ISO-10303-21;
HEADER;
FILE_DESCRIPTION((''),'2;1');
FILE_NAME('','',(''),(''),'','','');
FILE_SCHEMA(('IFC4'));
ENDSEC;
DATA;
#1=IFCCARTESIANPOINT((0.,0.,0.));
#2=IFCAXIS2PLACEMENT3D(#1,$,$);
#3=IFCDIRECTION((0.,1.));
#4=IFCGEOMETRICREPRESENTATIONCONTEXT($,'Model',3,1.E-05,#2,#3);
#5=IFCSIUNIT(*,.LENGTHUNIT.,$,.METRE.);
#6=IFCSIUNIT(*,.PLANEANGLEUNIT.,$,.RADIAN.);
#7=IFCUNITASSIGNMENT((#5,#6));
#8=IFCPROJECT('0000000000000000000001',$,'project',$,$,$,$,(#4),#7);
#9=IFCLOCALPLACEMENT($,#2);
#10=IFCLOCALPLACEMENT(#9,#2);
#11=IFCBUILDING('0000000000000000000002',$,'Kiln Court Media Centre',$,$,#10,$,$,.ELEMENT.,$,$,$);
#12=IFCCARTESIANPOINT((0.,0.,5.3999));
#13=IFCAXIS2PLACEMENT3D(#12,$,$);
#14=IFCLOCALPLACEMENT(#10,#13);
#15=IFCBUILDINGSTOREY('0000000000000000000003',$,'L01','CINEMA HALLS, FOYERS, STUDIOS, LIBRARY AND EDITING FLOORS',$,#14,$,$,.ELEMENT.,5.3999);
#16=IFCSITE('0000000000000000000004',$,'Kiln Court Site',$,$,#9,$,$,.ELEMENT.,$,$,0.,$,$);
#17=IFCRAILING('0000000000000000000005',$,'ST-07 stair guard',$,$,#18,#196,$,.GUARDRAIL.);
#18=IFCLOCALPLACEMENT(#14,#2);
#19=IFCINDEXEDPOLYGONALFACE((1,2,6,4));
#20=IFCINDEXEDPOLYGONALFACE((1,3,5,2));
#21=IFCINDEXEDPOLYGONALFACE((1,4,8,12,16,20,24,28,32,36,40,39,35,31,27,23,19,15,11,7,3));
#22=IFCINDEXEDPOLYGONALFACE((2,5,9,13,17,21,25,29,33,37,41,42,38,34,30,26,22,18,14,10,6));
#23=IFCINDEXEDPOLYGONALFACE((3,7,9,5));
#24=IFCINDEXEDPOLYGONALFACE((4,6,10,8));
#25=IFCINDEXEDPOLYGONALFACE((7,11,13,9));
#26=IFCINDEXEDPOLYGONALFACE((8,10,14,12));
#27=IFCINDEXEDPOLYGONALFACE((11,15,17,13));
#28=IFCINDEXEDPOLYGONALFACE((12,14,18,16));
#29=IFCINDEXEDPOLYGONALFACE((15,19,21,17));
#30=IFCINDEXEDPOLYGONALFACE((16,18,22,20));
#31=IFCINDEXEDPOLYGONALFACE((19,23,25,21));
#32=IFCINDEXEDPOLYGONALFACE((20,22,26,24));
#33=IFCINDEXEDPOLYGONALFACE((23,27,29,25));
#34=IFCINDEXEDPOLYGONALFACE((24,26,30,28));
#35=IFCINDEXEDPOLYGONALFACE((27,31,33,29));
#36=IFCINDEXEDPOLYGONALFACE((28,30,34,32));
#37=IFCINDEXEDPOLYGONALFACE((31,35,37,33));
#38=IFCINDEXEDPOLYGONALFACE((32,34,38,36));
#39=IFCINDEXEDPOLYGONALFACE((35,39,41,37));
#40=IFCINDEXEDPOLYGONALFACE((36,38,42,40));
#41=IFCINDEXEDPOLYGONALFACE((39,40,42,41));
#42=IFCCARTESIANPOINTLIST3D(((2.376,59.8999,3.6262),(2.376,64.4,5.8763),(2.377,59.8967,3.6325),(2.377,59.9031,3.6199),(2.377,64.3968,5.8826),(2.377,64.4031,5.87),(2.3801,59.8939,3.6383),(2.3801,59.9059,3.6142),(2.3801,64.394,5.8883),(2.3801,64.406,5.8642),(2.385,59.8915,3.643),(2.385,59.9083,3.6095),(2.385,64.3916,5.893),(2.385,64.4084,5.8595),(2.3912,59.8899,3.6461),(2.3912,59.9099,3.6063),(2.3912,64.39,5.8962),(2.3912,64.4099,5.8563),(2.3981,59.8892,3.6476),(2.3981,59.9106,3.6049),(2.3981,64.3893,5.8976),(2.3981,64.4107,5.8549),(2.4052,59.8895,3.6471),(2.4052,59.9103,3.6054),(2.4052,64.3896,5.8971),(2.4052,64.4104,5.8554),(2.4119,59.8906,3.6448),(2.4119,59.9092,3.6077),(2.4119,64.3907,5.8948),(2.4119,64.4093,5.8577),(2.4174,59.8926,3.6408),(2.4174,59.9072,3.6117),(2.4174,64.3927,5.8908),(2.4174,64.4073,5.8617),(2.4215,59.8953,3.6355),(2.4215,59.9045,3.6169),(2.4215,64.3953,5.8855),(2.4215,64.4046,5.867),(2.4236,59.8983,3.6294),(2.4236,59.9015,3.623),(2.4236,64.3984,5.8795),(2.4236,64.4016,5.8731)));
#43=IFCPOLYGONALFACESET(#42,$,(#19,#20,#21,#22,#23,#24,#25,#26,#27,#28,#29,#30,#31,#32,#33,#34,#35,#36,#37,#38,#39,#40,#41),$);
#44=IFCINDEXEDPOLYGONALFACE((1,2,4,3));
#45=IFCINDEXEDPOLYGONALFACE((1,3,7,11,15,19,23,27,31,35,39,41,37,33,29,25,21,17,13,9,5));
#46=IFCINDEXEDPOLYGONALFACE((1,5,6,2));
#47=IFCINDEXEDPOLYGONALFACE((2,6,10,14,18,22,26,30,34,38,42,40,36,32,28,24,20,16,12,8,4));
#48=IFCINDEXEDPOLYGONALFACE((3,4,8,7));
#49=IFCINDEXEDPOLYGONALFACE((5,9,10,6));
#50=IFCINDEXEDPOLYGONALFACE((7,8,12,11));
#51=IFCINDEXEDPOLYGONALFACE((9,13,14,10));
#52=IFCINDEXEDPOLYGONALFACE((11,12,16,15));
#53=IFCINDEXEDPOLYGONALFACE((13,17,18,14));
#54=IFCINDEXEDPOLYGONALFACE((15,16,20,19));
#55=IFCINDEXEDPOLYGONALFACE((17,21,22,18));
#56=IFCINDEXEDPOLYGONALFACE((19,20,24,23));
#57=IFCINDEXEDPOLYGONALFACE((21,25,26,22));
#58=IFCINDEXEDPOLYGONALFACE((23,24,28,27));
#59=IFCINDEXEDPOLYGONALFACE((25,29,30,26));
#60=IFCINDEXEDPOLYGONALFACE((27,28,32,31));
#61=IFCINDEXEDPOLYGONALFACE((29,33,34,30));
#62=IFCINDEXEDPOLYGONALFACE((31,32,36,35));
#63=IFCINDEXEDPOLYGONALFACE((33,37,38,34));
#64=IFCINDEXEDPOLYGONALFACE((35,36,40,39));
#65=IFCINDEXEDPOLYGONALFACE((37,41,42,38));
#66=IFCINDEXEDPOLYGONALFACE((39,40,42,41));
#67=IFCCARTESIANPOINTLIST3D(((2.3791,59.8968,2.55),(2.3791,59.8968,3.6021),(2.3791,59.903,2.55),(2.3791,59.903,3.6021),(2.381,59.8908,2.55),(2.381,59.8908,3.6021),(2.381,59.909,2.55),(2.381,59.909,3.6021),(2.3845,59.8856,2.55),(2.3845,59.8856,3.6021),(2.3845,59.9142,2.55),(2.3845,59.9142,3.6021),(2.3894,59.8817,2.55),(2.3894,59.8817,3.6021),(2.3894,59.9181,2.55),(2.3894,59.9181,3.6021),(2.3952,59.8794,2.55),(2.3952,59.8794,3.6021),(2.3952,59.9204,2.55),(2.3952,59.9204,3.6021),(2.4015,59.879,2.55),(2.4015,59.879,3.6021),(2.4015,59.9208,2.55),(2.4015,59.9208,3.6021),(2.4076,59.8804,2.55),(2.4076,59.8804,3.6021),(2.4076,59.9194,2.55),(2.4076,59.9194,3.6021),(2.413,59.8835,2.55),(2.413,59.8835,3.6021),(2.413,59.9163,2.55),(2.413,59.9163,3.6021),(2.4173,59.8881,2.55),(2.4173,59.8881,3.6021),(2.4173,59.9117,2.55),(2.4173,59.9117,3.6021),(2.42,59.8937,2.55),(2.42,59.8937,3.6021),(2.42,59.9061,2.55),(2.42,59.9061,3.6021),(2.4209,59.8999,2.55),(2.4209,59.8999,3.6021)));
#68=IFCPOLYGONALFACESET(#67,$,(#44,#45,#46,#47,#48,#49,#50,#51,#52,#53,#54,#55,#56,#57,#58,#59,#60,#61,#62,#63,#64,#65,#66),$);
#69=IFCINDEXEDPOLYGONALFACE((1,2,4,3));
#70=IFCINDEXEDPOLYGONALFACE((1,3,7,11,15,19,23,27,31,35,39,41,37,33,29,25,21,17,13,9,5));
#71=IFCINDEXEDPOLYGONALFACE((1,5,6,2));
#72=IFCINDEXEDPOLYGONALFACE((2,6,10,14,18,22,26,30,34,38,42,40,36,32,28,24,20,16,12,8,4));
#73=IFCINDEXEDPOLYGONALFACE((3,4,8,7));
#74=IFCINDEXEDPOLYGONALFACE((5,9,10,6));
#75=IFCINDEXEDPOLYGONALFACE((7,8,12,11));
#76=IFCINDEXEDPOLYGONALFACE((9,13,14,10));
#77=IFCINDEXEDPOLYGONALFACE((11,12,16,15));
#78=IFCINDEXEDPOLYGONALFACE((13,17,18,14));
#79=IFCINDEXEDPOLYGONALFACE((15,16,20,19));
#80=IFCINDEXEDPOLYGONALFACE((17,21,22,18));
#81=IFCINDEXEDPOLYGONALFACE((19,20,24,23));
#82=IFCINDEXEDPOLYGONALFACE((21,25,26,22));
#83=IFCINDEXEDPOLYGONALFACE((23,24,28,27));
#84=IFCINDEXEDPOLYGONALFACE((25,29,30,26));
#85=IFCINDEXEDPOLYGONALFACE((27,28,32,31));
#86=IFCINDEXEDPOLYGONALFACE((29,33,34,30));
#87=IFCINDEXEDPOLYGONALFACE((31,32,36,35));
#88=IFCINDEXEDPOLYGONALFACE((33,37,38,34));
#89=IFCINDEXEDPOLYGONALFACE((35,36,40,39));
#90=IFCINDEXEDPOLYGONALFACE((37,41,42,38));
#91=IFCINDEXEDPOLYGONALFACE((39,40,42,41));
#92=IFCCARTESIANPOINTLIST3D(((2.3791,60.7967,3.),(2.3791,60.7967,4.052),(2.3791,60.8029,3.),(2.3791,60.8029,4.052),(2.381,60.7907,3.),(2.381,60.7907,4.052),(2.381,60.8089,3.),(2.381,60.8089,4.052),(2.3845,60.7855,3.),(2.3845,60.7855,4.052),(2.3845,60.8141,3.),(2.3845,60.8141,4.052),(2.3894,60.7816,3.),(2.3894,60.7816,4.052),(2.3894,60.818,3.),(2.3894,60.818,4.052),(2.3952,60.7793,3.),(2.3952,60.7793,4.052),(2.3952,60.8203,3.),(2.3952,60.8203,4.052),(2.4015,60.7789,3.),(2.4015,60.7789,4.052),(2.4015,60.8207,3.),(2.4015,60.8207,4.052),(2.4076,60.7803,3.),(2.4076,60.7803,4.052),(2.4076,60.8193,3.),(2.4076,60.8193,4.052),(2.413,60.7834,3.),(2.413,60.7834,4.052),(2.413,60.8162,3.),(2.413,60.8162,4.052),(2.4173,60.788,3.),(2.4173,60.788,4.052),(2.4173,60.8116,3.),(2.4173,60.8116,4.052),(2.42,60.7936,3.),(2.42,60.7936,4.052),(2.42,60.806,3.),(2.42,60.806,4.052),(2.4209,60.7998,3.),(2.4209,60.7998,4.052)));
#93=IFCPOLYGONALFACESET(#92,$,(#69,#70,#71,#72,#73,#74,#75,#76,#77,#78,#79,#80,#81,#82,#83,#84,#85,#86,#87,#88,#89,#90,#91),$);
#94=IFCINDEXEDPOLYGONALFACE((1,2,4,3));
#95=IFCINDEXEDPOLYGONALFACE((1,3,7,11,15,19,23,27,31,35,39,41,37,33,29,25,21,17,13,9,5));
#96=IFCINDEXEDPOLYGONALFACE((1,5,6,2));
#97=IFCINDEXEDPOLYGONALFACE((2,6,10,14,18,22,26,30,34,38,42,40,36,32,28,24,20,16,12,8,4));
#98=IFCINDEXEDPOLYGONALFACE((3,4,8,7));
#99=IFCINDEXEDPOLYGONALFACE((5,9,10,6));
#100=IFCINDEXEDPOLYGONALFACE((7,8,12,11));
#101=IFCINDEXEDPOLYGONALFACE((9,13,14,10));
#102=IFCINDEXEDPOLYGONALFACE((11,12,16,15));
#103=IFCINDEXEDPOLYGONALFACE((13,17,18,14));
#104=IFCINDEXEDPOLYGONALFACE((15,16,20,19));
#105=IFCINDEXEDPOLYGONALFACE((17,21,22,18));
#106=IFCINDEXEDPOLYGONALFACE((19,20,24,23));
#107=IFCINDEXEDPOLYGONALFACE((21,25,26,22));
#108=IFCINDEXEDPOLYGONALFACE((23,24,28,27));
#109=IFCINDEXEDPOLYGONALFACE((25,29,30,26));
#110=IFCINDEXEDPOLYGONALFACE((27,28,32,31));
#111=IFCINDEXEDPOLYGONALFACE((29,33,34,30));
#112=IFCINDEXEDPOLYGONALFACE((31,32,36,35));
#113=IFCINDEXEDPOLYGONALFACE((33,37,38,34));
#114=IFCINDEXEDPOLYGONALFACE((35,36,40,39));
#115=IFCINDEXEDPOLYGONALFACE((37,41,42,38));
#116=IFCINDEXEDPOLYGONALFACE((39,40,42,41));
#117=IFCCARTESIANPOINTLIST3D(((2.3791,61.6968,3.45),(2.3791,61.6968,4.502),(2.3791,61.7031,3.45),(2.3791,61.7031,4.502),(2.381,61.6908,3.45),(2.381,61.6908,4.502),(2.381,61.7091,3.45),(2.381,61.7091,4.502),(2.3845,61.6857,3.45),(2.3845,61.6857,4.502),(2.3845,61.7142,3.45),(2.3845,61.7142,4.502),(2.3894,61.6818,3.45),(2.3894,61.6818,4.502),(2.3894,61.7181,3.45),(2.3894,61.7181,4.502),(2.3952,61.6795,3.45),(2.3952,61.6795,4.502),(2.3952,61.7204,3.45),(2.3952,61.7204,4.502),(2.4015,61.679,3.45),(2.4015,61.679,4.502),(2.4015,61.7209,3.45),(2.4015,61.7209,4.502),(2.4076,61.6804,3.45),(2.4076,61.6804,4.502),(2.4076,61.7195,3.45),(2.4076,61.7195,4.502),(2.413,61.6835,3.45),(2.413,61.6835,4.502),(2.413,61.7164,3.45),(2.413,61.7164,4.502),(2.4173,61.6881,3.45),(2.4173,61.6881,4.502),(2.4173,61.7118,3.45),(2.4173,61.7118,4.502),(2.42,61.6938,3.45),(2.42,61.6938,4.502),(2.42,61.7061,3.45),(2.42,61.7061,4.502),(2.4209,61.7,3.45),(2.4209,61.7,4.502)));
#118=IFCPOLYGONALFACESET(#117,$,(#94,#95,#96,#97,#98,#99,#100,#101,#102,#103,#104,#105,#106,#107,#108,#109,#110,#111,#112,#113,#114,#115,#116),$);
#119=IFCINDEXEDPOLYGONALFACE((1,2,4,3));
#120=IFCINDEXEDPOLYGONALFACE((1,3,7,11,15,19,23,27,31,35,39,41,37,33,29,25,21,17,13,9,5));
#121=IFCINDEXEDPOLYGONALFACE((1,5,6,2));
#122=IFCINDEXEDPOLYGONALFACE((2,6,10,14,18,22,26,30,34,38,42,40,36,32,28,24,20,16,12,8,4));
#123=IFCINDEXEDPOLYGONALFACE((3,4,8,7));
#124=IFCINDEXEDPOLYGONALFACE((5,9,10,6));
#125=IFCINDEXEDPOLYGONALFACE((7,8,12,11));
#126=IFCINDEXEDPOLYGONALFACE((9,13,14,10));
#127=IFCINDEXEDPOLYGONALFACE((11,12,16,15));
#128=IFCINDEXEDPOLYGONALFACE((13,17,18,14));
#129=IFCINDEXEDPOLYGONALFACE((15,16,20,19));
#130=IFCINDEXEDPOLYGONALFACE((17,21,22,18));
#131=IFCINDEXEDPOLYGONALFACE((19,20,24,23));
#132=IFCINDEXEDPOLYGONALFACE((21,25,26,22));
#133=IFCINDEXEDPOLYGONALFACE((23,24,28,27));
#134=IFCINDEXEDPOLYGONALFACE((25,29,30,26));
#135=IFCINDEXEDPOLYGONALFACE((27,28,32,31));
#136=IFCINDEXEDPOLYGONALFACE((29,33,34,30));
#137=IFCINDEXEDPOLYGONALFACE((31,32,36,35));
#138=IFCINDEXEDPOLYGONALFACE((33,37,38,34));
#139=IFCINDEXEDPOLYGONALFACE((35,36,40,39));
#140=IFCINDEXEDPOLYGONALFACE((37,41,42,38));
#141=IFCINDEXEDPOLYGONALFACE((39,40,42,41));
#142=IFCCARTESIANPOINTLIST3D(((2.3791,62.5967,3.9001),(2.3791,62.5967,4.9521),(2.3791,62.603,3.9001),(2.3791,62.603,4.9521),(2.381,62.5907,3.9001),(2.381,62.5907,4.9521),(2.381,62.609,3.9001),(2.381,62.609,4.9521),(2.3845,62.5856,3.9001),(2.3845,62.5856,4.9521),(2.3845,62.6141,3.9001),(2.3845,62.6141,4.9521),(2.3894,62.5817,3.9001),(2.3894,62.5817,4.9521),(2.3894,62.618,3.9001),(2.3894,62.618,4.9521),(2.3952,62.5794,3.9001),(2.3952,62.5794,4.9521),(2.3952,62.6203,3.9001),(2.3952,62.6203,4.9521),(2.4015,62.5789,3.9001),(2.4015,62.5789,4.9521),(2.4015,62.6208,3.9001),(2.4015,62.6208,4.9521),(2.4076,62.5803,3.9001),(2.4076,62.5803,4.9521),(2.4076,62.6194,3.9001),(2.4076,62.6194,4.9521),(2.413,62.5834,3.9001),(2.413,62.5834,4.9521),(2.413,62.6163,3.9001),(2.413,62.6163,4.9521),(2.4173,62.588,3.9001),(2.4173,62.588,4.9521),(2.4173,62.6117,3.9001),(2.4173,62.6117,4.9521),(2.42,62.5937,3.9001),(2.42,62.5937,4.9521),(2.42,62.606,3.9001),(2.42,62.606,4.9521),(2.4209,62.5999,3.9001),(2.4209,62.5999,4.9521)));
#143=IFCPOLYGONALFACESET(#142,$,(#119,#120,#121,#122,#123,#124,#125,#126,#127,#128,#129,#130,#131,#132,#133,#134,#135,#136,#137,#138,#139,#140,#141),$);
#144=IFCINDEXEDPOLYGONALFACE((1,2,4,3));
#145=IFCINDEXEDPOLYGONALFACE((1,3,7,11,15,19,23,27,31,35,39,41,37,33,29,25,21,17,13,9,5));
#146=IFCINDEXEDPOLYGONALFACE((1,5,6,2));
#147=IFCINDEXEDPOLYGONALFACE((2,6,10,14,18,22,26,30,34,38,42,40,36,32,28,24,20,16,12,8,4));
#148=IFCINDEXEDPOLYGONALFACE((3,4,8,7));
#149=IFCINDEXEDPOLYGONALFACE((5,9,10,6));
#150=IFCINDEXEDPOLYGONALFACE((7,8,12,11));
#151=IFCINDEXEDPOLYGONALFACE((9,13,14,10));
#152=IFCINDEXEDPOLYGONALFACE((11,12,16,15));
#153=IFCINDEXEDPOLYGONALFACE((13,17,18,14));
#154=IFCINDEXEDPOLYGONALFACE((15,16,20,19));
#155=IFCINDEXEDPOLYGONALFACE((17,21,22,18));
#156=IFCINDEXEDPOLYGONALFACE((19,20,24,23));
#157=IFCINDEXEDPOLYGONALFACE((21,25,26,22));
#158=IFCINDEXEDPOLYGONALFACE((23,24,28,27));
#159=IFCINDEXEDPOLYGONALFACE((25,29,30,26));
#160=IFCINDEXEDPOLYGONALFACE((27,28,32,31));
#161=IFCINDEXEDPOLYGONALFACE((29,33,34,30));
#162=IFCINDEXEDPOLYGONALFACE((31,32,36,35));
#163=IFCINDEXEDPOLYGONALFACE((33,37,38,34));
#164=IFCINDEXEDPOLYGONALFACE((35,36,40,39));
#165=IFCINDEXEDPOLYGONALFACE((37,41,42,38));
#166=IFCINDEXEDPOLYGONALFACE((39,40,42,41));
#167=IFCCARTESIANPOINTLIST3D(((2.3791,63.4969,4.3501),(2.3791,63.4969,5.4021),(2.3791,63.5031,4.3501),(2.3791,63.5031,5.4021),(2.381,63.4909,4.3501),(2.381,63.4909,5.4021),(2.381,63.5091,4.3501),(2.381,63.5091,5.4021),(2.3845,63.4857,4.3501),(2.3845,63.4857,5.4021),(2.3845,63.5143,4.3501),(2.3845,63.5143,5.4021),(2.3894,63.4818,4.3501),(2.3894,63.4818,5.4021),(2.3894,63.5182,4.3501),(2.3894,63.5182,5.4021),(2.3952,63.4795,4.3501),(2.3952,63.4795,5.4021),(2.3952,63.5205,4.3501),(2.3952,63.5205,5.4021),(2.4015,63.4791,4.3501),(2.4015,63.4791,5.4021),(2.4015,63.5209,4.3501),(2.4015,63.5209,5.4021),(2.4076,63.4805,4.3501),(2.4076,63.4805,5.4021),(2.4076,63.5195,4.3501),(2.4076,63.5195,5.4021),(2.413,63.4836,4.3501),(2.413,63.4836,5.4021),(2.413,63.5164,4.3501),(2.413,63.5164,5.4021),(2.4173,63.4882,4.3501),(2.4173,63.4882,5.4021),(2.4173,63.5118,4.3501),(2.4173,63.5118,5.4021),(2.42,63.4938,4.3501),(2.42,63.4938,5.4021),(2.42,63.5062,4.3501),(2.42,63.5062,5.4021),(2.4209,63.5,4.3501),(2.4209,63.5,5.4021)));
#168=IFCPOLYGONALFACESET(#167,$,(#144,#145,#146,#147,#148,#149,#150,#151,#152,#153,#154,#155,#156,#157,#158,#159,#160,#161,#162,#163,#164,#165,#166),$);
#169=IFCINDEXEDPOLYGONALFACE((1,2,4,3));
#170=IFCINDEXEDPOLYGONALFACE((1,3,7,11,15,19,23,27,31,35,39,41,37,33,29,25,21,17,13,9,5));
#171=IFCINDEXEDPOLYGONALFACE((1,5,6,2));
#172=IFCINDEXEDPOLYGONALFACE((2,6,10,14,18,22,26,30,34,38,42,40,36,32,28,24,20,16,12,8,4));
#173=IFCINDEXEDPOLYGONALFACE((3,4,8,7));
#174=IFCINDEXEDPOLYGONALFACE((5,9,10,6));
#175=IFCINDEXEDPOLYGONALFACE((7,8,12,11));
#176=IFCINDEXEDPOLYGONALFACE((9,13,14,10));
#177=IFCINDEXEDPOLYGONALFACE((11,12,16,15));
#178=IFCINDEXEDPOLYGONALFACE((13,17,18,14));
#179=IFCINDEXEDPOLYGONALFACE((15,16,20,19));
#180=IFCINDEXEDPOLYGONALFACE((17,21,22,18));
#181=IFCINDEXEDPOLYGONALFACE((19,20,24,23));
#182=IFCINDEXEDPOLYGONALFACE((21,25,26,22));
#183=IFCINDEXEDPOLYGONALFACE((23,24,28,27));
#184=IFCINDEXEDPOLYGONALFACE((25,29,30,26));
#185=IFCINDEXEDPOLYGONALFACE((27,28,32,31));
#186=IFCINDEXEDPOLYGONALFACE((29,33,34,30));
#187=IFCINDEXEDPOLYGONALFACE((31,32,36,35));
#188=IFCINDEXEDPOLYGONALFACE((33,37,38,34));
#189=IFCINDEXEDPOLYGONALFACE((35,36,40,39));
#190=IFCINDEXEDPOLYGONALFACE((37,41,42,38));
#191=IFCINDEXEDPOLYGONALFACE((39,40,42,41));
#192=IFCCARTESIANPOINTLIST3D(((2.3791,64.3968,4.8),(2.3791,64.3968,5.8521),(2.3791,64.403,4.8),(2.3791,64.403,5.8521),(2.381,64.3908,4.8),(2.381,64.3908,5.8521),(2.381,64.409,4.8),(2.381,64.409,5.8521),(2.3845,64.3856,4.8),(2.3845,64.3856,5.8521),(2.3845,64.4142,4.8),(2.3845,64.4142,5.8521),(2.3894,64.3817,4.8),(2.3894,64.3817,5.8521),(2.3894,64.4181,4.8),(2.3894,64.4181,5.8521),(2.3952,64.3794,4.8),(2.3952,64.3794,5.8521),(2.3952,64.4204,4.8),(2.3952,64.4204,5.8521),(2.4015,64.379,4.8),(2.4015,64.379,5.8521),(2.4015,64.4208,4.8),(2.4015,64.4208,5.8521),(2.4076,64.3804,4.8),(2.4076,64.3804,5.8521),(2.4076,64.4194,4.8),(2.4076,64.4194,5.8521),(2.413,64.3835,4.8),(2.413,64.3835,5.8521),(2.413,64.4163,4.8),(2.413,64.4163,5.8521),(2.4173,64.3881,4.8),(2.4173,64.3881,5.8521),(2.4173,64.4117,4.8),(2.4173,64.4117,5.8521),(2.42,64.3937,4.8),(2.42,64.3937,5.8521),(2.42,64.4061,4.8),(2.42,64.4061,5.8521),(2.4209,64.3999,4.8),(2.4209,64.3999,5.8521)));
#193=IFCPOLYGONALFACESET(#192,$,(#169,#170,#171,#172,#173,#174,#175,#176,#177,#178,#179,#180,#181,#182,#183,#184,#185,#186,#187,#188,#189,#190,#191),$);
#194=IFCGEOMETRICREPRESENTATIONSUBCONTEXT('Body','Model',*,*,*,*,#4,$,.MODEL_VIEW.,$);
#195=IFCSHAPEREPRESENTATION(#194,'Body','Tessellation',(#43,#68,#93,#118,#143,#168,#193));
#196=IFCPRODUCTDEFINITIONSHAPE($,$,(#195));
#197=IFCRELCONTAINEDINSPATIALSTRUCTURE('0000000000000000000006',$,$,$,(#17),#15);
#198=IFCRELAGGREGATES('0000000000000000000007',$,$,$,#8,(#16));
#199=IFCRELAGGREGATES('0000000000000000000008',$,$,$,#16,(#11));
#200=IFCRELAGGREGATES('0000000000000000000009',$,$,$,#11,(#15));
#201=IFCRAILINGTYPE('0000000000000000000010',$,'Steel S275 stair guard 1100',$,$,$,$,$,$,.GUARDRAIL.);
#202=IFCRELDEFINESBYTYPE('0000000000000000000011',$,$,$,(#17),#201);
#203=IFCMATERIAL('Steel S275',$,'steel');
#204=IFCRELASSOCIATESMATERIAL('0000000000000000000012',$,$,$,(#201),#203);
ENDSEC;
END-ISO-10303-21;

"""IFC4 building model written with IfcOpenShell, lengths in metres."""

from ifc_helpers import new_model, si_unit, direction, frame, origin, origin_2d, place, context, subcontext, project, spatial, circle, extrude, material, type_object, element, save


model = new_model("IFC4")

# Units and contexts
model_context = context("Model", 3, precision=1e-05, world=origin(), true_north=direction((0.0, 1.0)))
body_context = subcontext(model_context, "Body", "Model", "MODEL_VIEW")
ifc_project = project(units=[si_unit("LENGTHUNIT", "METRE"), si_unit("PLANEANGLEUNIT", "RADIAN")], contexts=[model_context])

# Site, building, storey
site_placement = place(None, origin())
site = spatial("IfcSite", under=ifc_project, at=site_placement, Name="Kiln Court Site", CompositionType="ELEMENT", RefElevation=0.0)
building_placement = place(site_placement, origin())
building = spatial("IfcBuilding", under=site, at=building_placement, Name="Kiln Court Media Centre", CompositionType="ELEMENT")
storey_placement = place(building_placement, frame((0.0, 0.0, 5.3999)))
storey = spatial("IfcBuildingStorey", under=building, at=storey_placement, Name="L01", Description="CINEMA HALLS, FOYERS, STUDIOS, LIBRARY AND EDITING FLOORS", CompositionType="ELEMENT", Elevation=5.3999)

# Railing
ifc_material_1 = material(Name="Steel S275", Category="steel")
railing_type_1 = type_object("IfcRailingType", Name="Steel S275 stair guard 1100", PredefinedType="GUARDRAIL", material=ifc_material_1)
railing_1_placement = place(storey_placement, frame((2.3999, 59.8999, 2.55)))
element("IfcRailing", 1, at=railing_1_placement, inside=storey, type_object=railing_type_1, Name="ST-07 stair guard", PredefinedType="GUARDRAIL", context=body_context, shape_type="SweptSolid", body=[
    extrude(circle(Radius=0.0239, at=origin_2d()), frame((0.0, 0.0, 1.0762), z_axis=(0.0, 0.894427, 0.447214), x_axis=(-1.0, 0.0, 0.0)), (0.0, 0.0, 1.0), 5.0312),
    extrude(circle(Radius=0.021, at=origin_2d()), origin(), (0.0, 0.0, 1.0), 1.052),
    extrude(circle(Radius=0.021, at=origin_2d()), frame((0.0, 0.8999, 0.45)), (0.0, 0.0, 1.0), 1.052),
    extrude(circle(Radius=0.021, at=origin_2d()), frame((0.0, 1.8, 0.8999)), (0.0, 0.0, 1.0), 1.052),
    extrude(circle(Radius=0.021, at=origin_2d()), frame((0.0, 2.7, 1.3501)), (0.0, 0.0, 1.0), 1.052),
    extrude(circle(Radius=0.021, at=origin_2d()), frame((0.0, 3.6001, 1.8)), (0.0, 0.0, 1.0), 1.052),
    extrude(circle(Radius=0.021, at=origin_2d()), frame((0.0, 4.5, 2.25)), (0.0, 0.0, 1.0), 1.052),
])

save(model, "model.ifc")
